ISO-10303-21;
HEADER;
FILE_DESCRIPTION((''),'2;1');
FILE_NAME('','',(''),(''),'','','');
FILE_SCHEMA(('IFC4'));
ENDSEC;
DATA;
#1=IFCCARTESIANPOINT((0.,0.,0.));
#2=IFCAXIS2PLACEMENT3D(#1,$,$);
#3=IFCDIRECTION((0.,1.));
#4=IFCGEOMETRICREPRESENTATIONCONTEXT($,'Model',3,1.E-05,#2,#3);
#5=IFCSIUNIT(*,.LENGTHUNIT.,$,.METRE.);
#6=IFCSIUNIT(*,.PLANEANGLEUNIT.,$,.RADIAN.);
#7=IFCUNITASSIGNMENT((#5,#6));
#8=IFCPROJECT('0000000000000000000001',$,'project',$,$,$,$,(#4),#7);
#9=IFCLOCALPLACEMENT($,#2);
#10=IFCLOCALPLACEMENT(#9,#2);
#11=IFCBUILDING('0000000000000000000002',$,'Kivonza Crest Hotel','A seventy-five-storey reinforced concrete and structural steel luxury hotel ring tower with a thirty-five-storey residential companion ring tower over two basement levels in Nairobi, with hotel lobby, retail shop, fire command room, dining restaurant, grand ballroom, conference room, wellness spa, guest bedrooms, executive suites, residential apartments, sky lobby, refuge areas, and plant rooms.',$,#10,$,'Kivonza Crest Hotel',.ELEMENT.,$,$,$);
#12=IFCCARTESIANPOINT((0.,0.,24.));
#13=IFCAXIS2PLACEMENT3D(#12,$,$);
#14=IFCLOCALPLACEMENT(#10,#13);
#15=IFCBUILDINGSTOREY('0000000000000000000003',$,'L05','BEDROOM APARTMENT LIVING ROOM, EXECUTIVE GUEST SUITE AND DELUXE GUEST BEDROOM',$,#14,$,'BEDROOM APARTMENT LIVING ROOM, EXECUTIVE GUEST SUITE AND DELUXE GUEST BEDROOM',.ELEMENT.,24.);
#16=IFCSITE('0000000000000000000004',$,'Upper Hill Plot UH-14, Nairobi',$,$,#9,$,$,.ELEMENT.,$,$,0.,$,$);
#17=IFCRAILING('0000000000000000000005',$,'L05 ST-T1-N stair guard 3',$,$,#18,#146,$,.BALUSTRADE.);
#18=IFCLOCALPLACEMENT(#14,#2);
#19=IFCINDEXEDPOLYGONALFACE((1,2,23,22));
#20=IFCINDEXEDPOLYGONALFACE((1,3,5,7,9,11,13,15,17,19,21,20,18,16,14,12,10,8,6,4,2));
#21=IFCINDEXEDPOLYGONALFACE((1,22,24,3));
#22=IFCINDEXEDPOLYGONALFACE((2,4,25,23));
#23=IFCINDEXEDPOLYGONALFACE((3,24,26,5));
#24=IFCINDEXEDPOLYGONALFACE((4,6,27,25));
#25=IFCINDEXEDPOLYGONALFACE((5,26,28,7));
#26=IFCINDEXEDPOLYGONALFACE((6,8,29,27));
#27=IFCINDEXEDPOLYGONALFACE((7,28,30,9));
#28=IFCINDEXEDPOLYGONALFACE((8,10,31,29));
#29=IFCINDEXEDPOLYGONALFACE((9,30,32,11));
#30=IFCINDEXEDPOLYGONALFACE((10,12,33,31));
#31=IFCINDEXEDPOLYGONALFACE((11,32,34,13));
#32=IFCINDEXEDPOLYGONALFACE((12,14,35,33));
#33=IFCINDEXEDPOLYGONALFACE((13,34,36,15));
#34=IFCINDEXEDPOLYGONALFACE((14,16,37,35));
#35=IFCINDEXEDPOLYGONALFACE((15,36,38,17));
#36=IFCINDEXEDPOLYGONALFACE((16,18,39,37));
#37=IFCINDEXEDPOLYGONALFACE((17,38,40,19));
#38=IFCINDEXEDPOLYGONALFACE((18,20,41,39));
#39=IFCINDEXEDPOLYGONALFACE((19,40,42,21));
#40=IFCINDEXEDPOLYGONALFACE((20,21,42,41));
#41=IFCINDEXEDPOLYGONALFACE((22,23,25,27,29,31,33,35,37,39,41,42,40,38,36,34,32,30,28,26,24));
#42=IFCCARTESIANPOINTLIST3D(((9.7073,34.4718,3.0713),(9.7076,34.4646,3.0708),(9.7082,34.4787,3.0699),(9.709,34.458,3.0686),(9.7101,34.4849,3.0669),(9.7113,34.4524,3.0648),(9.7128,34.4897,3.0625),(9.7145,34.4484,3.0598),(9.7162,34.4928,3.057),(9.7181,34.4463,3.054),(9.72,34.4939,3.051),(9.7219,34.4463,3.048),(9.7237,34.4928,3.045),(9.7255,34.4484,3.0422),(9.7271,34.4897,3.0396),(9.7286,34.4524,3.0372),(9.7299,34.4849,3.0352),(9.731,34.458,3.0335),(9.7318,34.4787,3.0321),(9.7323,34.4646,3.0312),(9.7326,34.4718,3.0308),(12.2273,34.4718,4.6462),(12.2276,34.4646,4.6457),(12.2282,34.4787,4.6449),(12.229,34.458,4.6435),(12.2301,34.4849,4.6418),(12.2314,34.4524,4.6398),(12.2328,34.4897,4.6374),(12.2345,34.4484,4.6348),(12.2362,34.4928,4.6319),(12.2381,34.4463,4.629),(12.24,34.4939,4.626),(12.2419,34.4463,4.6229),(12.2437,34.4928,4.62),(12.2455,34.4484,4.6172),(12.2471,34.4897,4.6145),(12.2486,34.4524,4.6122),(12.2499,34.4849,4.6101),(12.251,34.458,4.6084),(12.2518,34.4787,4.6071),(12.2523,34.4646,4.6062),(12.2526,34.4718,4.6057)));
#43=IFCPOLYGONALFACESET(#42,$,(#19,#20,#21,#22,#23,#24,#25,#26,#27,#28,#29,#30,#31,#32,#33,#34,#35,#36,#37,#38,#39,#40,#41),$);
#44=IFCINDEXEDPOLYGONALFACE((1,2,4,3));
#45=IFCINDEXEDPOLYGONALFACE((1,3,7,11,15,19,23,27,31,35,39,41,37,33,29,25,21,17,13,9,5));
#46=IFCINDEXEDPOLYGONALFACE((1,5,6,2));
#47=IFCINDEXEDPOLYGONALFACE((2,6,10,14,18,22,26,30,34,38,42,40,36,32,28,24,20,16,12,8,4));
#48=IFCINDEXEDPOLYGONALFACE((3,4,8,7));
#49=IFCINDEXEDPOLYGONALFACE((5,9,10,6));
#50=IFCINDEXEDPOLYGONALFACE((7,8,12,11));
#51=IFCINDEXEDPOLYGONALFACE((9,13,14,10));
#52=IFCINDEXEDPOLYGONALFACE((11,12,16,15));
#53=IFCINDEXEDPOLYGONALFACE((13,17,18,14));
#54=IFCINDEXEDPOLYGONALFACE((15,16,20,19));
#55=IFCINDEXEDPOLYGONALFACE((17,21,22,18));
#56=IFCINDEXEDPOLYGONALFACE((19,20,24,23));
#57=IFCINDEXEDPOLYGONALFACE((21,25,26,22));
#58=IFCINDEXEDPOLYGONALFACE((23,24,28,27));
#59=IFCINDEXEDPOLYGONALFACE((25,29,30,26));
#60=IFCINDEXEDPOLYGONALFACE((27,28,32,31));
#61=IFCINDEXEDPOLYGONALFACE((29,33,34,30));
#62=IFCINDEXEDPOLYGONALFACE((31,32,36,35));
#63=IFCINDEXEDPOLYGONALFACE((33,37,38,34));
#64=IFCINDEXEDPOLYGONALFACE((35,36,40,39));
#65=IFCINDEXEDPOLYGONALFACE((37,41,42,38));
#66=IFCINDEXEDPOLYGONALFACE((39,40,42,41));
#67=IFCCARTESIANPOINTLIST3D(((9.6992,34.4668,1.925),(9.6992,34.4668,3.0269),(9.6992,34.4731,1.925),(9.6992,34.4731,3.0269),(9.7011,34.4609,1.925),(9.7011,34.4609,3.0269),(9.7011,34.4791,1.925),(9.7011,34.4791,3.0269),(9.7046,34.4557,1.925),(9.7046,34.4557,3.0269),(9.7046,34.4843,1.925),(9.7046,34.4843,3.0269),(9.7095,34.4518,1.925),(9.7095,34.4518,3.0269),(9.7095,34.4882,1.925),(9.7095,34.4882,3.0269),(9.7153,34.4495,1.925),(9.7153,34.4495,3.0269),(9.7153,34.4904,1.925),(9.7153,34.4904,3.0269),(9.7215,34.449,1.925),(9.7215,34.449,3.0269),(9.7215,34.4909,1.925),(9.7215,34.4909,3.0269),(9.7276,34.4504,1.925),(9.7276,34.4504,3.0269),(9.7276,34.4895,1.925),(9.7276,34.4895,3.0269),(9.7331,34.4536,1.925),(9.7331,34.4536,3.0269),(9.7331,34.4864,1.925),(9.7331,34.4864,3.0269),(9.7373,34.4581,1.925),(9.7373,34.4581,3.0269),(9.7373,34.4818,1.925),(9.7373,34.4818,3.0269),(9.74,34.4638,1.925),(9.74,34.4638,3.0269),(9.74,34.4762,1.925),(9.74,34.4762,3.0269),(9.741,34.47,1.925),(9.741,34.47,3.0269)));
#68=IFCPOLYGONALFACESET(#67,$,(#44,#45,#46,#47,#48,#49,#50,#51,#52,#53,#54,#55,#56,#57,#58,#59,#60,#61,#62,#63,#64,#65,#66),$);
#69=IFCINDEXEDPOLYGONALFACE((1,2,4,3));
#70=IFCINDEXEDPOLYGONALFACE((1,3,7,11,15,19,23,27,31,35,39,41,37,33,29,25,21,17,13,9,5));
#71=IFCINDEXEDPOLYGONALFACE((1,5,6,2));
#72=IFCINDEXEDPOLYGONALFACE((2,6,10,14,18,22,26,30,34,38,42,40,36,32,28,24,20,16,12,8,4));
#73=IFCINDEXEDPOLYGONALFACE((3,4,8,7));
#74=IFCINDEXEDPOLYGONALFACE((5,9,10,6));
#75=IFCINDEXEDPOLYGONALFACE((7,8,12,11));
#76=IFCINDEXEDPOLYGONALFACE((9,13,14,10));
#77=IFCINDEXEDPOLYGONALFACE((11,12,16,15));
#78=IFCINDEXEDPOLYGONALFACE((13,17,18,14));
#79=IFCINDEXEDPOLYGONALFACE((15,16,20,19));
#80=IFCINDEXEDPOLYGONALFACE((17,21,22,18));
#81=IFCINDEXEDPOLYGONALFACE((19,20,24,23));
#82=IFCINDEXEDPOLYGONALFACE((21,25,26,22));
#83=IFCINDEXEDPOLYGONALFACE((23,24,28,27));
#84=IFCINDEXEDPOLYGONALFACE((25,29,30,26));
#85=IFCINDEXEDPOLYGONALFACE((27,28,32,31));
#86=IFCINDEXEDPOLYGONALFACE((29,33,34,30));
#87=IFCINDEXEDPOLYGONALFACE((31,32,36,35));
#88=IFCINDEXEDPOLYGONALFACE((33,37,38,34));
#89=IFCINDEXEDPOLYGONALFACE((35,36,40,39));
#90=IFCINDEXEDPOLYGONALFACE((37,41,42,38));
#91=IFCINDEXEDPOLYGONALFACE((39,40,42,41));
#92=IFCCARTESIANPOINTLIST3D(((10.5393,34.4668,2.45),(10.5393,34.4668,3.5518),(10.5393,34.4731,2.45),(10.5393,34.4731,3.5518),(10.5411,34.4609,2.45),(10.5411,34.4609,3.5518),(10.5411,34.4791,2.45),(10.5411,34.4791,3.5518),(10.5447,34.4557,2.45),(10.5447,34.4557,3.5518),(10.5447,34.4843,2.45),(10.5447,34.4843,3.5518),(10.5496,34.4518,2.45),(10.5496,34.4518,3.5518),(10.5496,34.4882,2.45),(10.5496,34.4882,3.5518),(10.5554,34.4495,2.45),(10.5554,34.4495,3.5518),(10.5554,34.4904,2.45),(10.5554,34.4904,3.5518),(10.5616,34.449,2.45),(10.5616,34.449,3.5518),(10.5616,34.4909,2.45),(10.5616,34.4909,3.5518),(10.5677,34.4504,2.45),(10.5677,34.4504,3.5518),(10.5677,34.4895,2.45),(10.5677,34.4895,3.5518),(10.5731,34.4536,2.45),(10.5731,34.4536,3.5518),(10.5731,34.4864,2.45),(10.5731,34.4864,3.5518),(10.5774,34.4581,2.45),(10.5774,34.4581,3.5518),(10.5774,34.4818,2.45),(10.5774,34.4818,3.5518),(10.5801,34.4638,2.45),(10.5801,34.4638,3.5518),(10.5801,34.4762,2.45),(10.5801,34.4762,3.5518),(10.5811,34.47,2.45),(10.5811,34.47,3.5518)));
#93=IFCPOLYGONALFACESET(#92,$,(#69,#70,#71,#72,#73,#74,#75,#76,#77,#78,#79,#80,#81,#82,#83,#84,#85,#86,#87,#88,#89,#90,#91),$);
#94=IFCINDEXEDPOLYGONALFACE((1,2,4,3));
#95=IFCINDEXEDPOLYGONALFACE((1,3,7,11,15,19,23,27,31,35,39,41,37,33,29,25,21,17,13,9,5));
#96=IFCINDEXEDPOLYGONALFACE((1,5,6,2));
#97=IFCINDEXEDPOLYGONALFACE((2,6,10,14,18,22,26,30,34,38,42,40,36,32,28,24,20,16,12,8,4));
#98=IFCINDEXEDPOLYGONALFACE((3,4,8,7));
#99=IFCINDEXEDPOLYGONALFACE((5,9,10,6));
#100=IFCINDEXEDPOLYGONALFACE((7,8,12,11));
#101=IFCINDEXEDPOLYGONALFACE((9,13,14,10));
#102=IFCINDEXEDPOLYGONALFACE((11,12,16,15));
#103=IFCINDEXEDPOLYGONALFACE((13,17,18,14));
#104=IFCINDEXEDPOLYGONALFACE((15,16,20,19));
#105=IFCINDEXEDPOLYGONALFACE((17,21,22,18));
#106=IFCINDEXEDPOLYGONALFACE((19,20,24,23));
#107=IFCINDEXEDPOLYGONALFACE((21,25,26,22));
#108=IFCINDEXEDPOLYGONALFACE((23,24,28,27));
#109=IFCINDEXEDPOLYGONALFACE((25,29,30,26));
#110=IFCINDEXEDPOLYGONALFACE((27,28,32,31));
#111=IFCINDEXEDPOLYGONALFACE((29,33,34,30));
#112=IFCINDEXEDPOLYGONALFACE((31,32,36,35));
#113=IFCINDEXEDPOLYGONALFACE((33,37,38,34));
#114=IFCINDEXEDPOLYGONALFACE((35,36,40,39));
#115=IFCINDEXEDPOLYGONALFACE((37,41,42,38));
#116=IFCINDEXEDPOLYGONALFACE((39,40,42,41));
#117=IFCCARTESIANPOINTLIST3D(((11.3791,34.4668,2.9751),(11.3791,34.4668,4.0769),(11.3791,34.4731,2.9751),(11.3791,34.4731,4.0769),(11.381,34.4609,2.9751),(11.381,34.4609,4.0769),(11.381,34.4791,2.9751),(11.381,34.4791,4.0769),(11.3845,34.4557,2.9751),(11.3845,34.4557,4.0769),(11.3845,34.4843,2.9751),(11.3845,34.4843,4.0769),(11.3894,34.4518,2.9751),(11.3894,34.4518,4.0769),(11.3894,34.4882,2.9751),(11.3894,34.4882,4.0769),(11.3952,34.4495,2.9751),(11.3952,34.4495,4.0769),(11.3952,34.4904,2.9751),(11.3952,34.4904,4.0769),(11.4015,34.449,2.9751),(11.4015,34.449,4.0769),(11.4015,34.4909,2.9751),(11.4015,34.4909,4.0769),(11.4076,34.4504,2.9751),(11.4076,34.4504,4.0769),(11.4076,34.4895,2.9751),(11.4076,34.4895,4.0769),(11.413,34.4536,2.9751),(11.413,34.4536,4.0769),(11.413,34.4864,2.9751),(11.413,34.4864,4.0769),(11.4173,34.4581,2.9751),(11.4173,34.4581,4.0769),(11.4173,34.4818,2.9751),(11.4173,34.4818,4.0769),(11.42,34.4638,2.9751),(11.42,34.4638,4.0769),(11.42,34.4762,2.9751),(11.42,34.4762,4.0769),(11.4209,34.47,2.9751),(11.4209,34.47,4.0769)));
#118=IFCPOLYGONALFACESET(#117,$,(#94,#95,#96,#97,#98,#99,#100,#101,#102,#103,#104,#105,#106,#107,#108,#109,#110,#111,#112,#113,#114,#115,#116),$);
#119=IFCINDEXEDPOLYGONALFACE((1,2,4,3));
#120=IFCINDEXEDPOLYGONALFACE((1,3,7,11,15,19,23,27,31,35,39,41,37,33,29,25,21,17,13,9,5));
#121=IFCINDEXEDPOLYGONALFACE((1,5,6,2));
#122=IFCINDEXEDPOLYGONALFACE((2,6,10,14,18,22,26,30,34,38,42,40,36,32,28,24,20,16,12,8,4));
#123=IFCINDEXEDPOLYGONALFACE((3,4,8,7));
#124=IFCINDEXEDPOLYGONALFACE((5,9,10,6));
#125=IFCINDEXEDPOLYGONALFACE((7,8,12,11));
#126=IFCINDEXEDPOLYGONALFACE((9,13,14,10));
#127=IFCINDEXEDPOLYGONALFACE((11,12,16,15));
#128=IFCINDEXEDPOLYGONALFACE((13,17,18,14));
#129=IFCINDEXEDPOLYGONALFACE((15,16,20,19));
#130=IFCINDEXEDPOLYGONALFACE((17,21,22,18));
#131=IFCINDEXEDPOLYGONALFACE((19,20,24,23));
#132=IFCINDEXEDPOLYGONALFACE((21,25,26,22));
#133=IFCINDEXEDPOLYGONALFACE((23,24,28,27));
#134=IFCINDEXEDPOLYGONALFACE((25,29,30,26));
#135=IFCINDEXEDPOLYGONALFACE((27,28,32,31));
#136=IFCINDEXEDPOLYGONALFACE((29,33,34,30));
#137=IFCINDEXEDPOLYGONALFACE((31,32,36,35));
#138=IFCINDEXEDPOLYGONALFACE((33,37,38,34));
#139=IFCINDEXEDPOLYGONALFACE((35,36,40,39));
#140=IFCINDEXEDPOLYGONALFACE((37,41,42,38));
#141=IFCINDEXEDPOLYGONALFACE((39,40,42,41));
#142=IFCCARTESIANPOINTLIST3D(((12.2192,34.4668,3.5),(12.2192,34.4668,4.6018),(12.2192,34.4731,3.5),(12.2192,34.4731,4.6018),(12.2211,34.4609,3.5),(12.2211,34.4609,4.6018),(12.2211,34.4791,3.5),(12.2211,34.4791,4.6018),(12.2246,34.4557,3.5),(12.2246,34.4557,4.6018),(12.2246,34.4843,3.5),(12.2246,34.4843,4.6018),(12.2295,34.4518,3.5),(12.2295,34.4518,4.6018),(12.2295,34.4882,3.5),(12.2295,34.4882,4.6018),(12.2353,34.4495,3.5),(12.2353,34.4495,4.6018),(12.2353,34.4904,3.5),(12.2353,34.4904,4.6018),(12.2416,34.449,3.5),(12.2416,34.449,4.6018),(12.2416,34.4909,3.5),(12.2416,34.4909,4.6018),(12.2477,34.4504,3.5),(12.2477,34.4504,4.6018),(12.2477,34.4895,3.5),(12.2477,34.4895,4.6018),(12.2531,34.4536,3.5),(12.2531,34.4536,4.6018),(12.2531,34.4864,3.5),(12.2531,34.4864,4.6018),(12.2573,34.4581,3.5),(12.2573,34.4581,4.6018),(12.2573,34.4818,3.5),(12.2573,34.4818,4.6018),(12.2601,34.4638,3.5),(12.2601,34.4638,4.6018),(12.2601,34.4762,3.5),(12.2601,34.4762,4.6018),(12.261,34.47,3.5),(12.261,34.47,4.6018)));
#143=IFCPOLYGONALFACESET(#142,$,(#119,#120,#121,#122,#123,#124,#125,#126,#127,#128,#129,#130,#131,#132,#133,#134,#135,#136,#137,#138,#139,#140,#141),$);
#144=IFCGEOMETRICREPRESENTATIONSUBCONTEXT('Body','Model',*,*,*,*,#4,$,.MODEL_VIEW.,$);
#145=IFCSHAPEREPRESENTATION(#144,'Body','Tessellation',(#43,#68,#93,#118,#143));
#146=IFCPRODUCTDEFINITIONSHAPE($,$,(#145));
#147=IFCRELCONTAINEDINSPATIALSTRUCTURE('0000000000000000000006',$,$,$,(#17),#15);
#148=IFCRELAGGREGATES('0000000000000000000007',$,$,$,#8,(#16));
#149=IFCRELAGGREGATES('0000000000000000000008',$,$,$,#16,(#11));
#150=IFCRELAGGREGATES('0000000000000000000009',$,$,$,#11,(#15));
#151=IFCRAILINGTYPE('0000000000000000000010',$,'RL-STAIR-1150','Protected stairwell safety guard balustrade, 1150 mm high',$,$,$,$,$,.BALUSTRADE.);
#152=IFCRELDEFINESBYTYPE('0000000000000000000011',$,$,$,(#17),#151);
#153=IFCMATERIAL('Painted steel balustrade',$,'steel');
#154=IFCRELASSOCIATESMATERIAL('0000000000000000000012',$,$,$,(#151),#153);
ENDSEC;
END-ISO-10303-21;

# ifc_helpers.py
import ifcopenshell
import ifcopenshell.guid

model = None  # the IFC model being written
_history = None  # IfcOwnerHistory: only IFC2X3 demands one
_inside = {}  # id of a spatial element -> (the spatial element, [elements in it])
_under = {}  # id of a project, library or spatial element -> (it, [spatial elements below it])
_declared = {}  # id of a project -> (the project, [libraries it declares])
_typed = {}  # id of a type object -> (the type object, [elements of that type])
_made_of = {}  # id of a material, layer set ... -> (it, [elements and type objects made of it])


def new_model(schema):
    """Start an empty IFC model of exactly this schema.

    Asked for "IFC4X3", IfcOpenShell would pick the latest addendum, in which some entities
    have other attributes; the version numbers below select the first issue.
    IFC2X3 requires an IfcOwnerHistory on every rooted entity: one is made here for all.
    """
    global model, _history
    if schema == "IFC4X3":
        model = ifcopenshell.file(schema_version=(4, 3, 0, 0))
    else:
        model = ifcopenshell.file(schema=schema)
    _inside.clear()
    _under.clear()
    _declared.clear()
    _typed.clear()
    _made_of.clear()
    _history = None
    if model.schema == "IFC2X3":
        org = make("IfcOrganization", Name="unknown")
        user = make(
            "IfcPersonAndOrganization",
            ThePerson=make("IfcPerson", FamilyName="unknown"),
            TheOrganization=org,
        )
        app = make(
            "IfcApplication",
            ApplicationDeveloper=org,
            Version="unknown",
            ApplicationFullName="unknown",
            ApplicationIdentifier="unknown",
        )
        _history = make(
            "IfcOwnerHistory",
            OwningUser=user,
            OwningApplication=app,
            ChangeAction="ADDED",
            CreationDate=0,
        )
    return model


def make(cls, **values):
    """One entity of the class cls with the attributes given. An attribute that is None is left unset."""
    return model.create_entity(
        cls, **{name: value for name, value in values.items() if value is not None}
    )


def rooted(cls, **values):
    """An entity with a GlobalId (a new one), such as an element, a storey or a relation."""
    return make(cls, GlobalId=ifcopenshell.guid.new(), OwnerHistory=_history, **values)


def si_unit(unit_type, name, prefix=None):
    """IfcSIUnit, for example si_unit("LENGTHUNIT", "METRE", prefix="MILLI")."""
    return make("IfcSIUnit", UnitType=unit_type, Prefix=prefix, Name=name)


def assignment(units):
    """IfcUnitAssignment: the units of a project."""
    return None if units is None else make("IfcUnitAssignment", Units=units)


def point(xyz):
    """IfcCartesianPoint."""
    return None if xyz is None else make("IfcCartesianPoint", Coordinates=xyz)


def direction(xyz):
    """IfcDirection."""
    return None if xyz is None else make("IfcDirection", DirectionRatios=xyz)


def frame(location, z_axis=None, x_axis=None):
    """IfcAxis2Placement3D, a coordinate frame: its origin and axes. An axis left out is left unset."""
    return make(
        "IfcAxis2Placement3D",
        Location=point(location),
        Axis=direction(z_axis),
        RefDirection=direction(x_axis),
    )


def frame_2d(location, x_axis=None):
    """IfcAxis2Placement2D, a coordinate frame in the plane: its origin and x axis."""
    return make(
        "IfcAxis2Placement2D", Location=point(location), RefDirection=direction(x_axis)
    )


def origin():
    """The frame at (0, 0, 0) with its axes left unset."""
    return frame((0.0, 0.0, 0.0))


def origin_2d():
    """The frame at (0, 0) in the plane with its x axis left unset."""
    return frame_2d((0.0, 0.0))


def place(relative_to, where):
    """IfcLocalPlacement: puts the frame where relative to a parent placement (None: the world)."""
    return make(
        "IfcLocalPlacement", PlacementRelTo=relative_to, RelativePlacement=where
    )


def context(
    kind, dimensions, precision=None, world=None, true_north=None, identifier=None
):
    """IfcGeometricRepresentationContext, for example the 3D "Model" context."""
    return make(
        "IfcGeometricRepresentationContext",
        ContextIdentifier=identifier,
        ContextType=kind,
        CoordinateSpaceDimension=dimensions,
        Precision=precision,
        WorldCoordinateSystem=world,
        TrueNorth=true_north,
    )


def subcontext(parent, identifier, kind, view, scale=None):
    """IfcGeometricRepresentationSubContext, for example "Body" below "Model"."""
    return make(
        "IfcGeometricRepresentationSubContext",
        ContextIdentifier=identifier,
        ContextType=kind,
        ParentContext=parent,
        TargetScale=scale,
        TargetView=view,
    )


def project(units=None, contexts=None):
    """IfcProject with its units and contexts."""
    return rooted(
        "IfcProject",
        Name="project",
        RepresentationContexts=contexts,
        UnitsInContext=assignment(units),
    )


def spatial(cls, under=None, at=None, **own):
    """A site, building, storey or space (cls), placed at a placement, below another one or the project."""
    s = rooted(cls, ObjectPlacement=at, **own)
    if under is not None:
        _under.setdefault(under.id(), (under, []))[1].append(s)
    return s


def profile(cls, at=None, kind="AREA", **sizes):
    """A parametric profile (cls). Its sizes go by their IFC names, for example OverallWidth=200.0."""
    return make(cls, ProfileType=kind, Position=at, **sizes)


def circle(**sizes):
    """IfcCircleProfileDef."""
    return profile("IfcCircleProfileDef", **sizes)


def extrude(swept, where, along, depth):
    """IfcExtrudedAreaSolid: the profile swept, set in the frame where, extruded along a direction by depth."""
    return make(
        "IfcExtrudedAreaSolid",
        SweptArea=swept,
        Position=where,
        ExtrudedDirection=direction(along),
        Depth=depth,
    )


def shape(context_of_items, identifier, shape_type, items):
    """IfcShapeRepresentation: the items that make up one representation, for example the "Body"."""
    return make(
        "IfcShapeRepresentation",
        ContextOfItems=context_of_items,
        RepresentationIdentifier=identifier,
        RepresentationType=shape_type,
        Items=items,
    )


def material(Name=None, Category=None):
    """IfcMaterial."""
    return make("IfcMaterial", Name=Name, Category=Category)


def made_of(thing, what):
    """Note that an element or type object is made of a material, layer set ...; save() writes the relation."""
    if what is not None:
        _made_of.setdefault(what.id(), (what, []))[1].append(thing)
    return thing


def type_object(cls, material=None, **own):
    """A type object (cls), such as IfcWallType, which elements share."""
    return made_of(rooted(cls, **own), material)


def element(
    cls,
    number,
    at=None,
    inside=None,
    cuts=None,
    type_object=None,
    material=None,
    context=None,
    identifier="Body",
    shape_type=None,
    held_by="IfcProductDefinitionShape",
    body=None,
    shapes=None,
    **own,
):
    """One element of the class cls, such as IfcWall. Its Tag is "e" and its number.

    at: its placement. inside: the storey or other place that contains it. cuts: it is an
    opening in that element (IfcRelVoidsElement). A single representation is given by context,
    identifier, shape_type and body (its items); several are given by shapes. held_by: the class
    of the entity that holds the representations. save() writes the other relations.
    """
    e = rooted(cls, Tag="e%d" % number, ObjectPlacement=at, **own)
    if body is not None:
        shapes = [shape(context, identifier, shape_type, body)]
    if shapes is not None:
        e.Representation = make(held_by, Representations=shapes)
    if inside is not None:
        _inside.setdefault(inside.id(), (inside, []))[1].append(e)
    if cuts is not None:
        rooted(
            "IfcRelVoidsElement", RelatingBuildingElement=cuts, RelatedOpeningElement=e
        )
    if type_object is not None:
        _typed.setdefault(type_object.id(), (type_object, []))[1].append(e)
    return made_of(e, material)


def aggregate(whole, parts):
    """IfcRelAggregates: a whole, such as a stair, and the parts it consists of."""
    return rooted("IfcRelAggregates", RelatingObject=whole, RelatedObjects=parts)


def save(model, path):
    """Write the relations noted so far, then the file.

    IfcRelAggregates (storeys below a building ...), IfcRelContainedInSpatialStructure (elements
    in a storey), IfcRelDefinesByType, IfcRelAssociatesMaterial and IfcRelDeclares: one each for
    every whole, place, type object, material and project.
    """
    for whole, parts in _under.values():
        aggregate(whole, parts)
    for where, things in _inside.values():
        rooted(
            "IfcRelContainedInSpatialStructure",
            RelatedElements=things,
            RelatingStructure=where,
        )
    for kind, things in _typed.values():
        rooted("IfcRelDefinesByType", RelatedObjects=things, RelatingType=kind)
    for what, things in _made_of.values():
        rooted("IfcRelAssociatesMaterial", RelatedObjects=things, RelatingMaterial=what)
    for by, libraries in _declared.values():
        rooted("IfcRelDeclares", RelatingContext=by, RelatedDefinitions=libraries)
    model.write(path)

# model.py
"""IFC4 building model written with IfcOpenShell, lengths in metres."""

from ifc_helpers import new_model, si_unit, direction, frame, origin, origin_2d, place, context, subcontext, project, spatial, circle, extrude, material, type_object, element, save


model = new_model("IFC4")

# Units and contexts
model_context = context("Model", 3, precision=1e-05, world=origin(), true_north=direction((0.0, 1.0)))
body_context = subcontext(model_context, "Body", "Model", "MODEL_VIEW")
ifc_project = project(units=[si_unit("LENGTHUNIT", "METRE"), si_unit("PLANEANGLEUNIT", "RADIAN")], contexts=[model_context])

# Site, building, storey
site_placement = place(None, origin())
site = spatial("IfcSite", under=ifc_project, at=site_placement, Name="Upper Hill Plot UH-14, Nairobi", CompositionType="ELEMENT", RefElevation=0.0)
building_placement = place(site_placement, origin())
building = spatial("IfcBuilding", under=site, at=building_placement, Name="Kivonza Crest Hotel", Description="A seventy-five-storey reinforced concrete and structural steel luxury hotel ring tower with a thirty-five-storey residential companion ring tower over two basement levels in Nairobi, with hotel lobby, retail shop, fire command room, dining restaurant, grand ballroom, conference room, wellness spa, guest bedrooms, executive suites, residential apartments, sky lobby, refuge areas, and plant rooms.", LongName="Kivonza Crest Hotel", CompositionType="ELEMENT")
storey_placement = place(building_placement, frame((0.0, 0.0, 24.0)))
storey = spatial("IfcBuildingStorey", under=building, at=storey_placement, Name="L05", Description="BEDROOM APARTMENT LIVING ROOM, EXECUTIVE GUEST SUITE AND DELUXE GUEST BEDROOM", LongName="BEDROOM APARTMENT LIVING ROOM, EXECUTIVE GUEST SUITE AND DELUXE GUEST BEDROOM", CompositionType="ELEMENT", Elevation=24.0)

# Railing
ifc_material_1 = material(Name="Painted steel balustrade", Category="steel")
railing_type_1 = type_object("IfcRailingType", Name="RL-STAIR-1150", Description="Protected stairwell safety guard balustrade, 1150 mm high", PredefinedType="BALUSTRADE", material=ifc_material_1)
railing_1_placement = place(storey_placement, frame((9.72, 34.47, 1.925)))
element("IfcRailing", 1, at=railing_1_placement, inside=storey, type_object=railing_type_1, Name="L05 ST-T1-N stair guard 3", PredefinedType="BALUSTRADE", context=body_context, shape_type="SweptSolid", body=[
    extrude(circle(Radius=0.0239, at=origin_2d()), frame((0.0, 0.0, 1.126), z_axis=(0.848008, 0.0, 0.529984), x_axis=(0.0, 1.0, 0.0)), (0.0, 0.0, 1.0), 2.9717),
    extrude(circle(Radius=0.021, at=origin_2d()), origin(), (0.0, 0.0, 1.0), 1.1018),
    extrude(circle(Radius=0.021, at=origin_2d()), frame((0.8401, 0.0, 0.5249)), (0.0, 0.0, 1.0), 1.1018),
    extrude(circle(Radius=0.021, at=origin_2d()), frame((1.6799, 0.0, 1.05)), (0.0, 0.0, 1.0), 1.1018),
    extrude(circle(Radius=0.021, at=origin_2d()), frame((2.52, 0.0, 1.575)), (0.0, 0.0, 1.0), 1.1018),
])

save(model, "model.ifc")
